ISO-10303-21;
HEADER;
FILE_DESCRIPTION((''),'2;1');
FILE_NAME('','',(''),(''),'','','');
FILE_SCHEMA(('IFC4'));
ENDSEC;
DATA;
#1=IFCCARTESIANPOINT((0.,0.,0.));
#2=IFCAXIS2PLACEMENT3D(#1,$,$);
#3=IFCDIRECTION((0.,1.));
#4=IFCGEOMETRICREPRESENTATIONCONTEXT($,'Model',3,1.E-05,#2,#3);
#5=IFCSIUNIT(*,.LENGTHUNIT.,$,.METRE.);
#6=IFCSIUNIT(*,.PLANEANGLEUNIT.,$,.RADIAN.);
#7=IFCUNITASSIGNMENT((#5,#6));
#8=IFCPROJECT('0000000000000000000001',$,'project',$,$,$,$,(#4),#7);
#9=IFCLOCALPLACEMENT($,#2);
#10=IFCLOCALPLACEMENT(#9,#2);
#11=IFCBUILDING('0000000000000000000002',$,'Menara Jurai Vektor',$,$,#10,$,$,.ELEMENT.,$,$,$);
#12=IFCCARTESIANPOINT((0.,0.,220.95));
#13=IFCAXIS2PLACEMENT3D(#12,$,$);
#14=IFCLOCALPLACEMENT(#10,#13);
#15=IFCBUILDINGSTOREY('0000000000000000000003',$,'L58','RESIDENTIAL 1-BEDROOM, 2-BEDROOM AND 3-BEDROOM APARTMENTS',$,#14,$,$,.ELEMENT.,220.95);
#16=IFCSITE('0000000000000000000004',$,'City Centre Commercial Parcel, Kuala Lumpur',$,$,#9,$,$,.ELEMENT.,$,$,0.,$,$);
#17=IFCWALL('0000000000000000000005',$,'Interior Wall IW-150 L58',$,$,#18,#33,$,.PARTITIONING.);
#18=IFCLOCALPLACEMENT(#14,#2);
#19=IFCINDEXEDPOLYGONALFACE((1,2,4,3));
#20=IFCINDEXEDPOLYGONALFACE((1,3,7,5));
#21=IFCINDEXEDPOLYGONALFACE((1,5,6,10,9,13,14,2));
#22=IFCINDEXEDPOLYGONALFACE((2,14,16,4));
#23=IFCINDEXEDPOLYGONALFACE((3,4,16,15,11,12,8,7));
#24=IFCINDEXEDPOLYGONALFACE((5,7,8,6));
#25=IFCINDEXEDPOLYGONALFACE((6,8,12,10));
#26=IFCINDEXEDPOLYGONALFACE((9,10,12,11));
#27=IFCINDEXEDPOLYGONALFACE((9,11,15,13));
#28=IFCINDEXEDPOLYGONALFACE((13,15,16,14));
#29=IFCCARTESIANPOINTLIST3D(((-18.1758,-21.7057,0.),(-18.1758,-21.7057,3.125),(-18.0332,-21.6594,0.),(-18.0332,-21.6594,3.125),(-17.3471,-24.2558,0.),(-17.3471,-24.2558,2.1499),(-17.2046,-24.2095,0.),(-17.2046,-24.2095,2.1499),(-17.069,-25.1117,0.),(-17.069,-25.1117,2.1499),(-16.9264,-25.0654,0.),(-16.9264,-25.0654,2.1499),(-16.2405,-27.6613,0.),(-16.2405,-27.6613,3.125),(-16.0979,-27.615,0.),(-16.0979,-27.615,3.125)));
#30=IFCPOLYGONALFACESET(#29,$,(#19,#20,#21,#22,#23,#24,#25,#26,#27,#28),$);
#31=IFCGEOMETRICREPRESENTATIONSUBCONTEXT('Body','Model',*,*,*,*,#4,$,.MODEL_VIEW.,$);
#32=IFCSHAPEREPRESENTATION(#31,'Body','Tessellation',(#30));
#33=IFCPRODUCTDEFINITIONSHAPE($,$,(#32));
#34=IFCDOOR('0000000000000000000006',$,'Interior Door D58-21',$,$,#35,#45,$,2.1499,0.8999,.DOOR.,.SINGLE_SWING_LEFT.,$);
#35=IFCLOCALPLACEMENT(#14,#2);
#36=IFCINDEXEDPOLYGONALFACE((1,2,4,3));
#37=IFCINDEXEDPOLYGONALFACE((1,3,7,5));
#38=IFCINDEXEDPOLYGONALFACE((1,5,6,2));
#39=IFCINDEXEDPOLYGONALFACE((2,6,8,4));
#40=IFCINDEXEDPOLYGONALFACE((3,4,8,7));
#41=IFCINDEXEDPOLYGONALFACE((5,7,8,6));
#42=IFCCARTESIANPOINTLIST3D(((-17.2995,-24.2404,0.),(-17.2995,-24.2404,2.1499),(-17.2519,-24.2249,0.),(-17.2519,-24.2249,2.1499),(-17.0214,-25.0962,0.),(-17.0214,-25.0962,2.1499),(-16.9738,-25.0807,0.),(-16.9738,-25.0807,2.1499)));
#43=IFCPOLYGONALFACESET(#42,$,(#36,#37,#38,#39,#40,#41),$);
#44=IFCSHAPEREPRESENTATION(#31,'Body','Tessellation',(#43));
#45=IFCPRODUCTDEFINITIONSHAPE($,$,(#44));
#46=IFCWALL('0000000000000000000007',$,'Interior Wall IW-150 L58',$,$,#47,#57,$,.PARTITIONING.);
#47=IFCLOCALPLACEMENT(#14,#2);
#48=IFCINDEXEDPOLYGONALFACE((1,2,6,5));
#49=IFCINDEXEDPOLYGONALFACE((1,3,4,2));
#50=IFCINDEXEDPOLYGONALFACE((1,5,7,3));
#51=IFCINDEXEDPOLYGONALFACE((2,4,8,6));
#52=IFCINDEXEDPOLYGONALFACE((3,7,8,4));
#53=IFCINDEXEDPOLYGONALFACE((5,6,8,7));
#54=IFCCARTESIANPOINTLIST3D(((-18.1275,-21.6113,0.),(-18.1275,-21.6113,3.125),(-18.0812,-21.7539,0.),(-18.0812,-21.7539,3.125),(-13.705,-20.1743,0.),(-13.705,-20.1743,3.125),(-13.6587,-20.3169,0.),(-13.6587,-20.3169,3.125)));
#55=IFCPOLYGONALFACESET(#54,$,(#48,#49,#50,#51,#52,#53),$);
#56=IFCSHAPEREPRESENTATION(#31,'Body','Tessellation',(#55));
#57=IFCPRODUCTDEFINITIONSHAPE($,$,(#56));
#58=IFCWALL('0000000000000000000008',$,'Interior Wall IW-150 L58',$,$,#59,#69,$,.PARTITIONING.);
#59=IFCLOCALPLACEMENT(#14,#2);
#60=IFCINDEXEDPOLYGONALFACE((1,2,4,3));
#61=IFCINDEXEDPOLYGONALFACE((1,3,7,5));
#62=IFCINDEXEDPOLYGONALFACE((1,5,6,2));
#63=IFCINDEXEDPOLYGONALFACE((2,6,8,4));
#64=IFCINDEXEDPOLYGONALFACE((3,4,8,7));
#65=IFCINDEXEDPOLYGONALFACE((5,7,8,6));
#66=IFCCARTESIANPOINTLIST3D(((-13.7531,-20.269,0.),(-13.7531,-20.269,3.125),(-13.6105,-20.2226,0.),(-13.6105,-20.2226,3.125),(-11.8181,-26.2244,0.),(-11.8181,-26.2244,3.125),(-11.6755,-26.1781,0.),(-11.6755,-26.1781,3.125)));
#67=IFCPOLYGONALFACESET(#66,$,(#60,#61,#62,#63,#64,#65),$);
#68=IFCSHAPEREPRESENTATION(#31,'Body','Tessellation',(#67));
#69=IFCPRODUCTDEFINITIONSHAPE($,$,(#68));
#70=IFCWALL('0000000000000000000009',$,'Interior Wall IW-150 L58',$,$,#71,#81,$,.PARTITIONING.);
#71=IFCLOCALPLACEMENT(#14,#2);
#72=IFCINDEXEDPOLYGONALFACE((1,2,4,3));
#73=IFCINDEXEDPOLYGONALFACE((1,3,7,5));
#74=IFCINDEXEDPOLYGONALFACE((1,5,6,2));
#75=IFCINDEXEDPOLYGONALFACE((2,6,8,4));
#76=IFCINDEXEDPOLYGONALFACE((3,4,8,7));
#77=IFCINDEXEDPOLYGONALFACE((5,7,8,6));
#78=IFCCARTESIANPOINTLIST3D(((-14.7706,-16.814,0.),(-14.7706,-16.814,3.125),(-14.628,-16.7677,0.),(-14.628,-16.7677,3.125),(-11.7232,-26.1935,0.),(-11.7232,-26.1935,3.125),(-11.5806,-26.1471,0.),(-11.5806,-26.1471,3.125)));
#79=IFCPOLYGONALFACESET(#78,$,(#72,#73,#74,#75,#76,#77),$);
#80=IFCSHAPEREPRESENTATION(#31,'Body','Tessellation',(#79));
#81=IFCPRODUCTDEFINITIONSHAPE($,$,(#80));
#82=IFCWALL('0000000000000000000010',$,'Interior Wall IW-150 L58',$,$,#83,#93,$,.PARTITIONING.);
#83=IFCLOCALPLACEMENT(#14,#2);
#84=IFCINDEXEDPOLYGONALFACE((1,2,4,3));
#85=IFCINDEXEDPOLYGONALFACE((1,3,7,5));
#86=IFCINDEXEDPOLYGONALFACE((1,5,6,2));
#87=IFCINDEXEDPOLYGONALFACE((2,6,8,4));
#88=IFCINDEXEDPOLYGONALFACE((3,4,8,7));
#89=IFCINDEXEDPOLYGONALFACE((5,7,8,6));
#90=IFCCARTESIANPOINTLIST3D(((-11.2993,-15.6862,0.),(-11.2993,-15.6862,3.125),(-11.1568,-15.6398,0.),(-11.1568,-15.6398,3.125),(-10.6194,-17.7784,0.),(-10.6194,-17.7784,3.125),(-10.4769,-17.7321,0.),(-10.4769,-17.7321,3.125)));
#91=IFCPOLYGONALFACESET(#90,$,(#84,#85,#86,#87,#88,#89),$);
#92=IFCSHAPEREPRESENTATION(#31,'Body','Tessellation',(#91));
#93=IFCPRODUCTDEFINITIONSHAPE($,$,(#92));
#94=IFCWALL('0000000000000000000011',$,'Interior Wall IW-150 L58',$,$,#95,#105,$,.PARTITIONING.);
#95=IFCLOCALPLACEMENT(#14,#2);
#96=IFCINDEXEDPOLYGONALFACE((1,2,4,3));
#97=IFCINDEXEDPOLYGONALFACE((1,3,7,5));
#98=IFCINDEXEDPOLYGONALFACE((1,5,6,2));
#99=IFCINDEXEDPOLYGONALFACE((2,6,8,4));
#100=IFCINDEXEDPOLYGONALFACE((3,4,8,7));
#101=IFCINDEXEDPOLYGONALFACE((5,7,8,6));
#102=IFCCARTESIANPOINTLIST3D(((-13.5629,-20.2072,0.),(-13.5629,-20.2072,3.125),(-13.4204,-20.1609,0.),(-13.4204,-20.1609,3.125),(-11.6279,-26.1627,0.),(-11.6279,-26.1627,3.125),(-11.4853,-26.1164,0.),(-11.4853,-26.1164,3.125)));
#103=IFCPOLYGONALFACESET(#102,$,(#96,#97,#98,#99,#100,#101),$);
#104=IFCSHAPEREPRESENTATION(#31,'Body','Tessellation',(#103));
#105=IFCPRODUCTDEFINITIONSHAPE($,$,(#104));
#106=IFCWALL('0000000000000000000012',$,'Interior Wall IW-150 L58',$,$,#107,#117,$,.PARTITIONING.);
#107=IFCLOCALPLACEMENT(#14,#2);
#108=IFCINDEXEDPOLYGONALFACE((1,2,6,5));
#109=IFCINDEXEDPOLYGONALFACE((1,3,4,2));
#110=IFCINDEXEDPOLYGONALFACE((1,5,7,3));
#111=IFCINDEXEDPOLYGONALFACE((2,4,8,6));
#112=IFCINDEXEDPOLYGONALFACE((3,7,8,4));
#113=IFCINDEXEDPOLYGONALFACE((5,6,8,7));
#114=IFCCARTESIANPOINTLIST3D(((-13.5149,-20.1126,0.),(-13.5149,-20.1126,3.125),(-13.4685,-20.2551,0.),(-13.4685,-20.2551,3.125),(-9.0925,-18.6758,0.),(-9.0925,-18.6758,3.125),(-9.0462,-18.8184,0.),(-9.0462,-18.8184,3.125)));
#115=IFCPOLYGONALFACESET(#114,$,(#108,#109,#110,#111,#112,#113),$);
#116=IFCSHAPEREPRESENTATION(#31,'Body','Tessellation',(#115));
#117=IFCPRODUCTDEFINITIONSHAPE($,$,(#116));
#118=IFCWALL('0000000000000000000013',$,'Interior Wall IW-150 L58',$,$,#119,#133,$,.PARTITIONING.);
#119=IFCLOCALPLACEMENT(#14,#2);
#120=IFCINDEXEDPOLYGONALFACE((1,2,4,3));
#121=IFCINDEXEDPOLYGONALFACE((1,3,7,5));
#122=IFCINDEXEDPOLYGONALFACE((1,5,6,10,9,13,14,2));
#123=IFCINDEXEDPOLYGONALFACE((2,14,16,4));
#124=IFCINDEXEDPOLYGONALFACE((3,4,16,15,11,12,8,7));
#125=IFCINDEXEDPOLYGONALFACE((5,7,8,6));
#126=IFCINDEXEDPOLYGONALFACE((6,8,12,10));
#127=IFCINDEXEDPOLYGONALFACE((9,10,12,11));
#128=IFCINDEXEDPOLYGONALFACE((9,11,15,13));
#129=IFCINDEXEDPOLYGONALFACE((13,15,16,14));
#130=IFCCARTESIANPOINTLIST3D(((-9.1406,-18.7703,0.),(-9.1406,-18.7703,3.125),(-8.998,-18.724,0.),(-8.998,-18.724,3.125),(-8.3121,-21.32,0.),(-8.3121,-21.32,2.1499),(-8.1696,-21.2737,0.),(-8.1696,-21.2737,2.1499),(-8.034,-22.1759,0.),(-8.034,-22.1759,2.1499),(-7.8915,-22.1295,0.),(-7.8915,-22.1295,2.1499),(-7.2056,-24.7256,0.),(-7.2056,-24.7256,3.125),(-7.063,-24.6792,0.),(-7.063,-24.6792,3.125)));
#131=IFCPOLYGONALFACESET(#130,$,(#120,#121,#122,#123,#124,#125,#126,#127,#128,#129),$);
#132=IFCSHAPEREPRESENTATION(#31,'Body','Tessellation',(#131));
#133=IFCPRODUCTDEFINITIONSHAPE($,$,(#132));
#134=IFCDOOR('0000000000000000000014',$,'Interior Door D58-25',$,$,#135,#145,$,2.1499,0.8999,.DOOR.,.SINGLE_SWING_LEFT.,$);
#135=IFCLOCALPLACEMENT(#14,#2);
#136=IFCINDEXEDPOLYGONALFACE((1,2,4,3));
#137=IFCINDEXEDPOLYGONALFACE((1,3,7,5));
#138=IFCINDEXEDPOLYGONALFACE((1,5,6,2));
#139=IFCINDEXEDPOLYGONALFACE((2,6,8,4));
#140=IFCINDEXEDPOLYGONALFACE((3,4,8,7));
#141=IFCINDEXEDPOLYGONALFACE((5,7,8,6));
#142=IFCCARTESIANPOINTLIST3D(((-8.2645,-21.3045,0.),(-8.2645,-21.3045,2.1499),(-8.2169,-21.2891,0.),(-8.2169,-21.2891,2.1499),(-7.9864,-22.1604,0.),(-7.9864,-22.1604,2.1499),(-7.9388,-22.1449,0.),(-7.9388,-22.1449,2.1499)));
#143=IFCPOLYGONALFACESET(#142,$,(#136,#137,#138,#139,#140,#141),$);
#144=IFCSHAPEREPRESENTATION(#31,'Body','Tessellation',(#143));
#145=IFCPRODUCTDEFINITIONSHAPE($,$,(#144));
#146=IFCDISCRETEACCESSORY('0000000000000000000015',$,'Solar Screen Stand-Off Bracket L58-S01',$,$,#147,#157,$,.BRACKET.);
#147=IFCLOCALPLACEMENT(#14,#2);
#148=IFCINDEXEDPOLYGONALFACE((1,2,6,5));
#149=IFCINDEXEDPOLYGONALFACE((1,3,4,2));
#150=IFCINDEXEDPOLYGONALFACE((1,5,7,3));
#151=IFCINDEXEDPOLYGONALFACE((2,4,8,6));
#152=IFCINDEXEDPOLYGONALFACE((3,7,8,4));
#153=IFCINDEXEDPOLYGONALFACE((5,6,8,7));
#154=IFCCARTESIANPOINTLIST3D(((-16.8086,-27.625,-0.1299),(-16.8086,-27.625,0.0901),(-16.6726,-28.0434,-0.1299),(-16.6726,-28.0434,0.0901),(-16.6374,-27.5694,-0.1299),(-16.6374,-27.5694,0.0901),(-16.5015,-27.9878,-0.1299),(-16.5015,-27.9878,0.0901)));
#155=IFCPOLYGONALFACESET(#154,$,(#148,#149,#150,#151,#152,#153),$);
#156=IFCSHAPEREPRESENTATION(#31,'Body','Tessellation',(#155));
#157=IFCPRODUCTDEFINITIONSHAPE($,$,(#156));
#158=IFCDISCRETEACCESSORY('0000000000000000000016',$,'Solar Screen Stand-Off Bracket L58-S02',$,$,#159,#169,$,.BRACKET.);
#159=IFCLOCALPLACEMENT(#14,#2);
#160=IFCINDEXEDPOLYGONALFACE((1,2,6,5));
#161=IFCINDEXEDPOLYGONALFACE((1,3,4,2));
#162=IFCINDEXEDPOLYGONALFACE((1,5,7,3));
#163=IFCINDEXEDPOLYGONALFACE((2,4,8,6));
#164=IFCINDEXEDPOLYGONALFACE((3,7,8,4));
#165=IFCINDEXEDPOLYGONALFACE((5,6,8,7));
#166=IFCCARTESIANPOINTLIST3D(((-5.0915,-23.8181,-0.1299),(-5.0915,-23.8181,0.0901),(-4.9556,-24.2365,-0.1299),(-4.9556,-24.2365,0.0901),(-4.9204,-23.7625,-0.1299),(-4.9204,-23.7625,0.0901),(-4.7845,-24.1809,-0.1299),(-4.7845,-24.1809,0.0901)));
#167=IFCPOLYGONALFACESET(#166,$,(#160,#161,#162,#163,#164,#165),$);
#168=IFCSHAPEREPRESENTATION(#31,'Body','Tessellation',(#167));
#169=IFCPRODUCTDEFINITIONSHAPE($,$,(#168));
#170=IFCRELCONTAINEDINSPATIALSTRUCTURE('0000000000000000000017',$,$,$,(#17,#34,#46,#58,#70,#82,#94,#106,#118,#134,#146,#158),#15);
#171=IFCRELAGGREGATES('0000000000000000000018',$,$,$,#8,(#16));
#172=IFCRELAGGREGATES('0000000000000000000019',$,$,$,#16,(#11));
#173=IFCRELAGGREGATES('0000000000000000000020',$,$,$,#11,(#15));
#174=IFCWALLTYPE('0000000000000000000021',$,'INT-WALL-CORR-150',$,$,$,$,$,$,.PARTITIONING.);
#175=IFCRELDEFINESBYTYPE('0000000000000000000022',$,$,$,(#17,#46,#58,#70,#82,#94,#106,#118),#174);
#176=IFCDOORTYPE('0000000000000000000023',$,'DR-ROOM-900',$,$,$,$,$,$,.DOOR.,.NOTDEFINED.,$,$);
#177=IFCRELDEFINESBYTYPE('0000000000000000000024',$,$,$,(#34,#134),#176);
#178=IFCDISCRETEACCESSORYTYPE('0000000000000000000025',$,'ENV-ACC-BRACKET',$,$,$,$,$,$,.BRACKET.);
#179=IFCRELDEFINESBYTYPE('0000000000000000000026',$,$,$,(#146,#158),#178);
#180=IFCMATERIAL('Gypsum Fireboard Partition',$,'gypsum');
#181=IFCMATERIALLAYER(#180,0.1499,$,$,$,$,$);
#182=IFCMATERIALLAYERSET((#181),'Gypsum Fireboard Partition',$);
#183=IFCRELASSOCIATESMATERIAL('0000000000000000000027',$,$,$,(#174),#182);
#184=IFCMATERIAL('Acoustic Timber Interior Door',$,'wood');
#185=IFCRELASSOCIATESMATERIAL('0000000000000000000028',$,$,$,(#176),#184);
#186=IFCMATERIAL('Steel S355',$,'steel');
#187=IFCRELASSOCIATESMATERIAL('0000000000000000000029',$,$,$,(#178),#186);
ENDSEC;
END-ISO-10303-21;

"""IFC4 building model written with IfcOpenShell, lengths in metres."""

from ifc_helpers import new_model, si_unit, direction, frame, frame_2d, origin, origin_2d, place, context, subcontext, project, spatial, rectangle, extrude, material, layer, layer_set, type_object, element, fill, save


model = new_model("IFC4")

# Units and contexts
model_context = context("Model", 3, precision=1e-05, world=origin(), true_north=direction((0.0, 1.0)))
body_context = subcontext(model_context, "Body", "Model", "MODEL_VIEW")
ifc_project = project(units=[si_unit("LENGTHUNIT", "METRE"), si_unit("PLANEANGLEUNIT", "RADIAN")], contexts=[model_context])

# Site, building, storey
site_placement = place(None, origin())
site = spatial("IfcSite", under=ifc_project, at=site_placement, Name="City Centre Commercial Parcel, Kuala Lumpur", CompositionType="ELEMENT", RefElevation=0.0)
building_placement = place(site_placement, origin())
building = spatial("IfcBuilding", under=site, at=building_placement, Name="Menara Jurai Vektor", CompositionType="ELEMENT")
storey_placement = place(building_placement, frame((0.0, 0.0, 220.95)))
storey = spatial("IfcBuildingStorey", under=building, at=storey_placement, Name="L58", Description="RESIDENTIAL 1-BEDROOM, 2-BEDROOM AND 3-BEDROOM APARTMENTS", CompositionType="ELEMENT", Elevation=220.95)

# Shared definitions
ifc_material_1 = material(Name="Steel S355", Category="steel")

# Shared definitions
ifc_material_2 = material(Name="Gypsum Fireboard Partition", Category="gypsum")
ifc_layer_1 = layer(ifc_material_2, 0.1499)
ifc_layer_set_1 = layer_set([ifc_layer_1], Name="Gypsum Fireboard Partition")
wall_type = type_object("IfcWallType", Name="INT-WALL-CORR-150", PredefinedType="PARTITIONING", material=ifc_layer_set_1)

# Wall, opening, door
wall_1_placement = place(storey_placement, frame((-16.1692, -27.6382, 0.0), z_axis=(0.0, 0.0, 1.0), x_axis=(-0.309049, 0.951046, 0.0)))
wall_1 = element("IfcWall", 1, at=wall_1_placement, inside=storey, type_object=wall_type, Name="Interior Wall IW-150 L58", PredefinedType="PARTITIONING", context=body_context, shape_type="SweptSolid", body=[
    extrude(rectangle(XDim=6.2622, YDim=0.1499, at=frame_2d((3.1311, 0.0))), origin(), (0.0, 0.0, 1.0), 3.125),
])
opening_1_placement = place(wall_1_placement, frame((2.6809, 0.0, 0.0)))
opening_1 = element("IfcOpeningElement", 2, at=opening_1_placement, cuts=wall_1, PredefinedType="OPENING", context=body_context, shape_type="SweptSolid", body=[
    extrude(rectangle(XDim=0.8999, YDim=2.1499, at=frame_2d((0.45, 1.075))), frame((0.0, 0.085, 0.0), z_axis=(0.0, -1.0, 0.0), x_axis=(1.0, 0.0, 0.0)), (0.0, 0.0, 1.0), 0.1699),
])
ifc_material_3 = material(Name="Acoustic Timber Interior Door", Category="wood")
door_type = type_object("IfcDoorType", Name="DR-ROOM-900", OperationType="NOTDEFINED", PredefinedType="DOOR", material=ifc_material_3)
door_1_placement = place(opening_1_placement, origin())
door_1 = element("IfcDoor", 3, at=door_1_placement, inside=storey, type_object=door_type, Name="Interior Door D58-21", OperationType="SINGLE_SWING_LEFT", OverallHeight=2.1499, OverallWidth=0.8999, PredefinedType="DOOR", context=body_context, shape_type="SweptSolid", body=[
    extrude(rectangle(XDim=0.8999, YDim=2.1499, at=frame_2d((0.45, 1.075))), frame((0.0, 0.0249, 0.0), z_axis=(0.0, -1.0, 0.0), x_axis=(1.0, 0.0, 0.0)), (0.0, 0.0, 1.0), 0.05),
])
fill(opening_1, door_1)

# Walls
wall_2_placement = place(storey_placement, frame((-18.1045, -21.6826, 0.0), z_axis=(0.0, 0.0, 1.0), x_axis=(0.951055, 0.309021, 0.0)))
element("IfcWall", 4, at=wall_2_placement, inside=storey, type_object=wall_type, Name="Interior Wall IW-150 L58", PredefinedType="PARTITIONING", context=body_context, shape_type="SweptSolid", body=[
    extrude(rectangle(XDim=4.6501, YDim=0.1499, at=frame_2d((2.3252, 0.0))), origin(), (0.0, 0.0, 1.0), 3.125),
])
wall_3_placement = place(storey_placement, frame((-11.7468, -26.2012, 0.0), z_axis=(0.0, 0.0, 1.0), x_axis=(-0.309014, 0.951058, 0.0)))
element("IfcWall", 5, at=wall_3_placement, inside=storey, type_object=wall_type, Name="Interior Wall IW-150 L58", PredefinedType="PARTITIONING", context=body_context, shape_type="SweptSolid", body=[
    extrude(rectangle(XDim=6.262, YDim=0.1499, at=frame_2d((3.1309, 0.0))), origin(), (0.0, 0.0, 1.0), 3.125),
])
wall_4_placement = place(storey_placement, frame((-11.6519, -26.1704, 0.0), z_axis=(0.0, 0.0, 1.0), x_axis=(-0.309, 0.951062, 0.0)))
element("IfcWall", 6, at=wall_4_placement, inside=storey, type_object=wall_type, Name="Interior Wall IW-150 L58", PredefinedType="PARTITIONING", context=body_context, shape_type="SweptSolid", body=[
    extrude(rectangle(XDim=9.8621, YDim=0.1499, at=frame_2d((4.9312, 0.0))), origin(), (0.0, 0.0, 1.0), 3.125),
])
wall_5_placement = place(storey_placement, frame((-10.5481, -17.7554, 0.0), z_axis=(0.0, 0.0, 1.0), x_axis=(-0.309061, 0.951042, 0.0)))
element("IfcWall", 7, at=wall_5_placement, inside=storey, type_object=wall_type, Name="Interior Wall IW-150 L58", PredefinedType="PARTITIONING", context=body_context, shape_type="SweptSolid", body=[
    extrude(rectangle(XDim=2.2, YDim=0.1499, at=frame_2d((1.1001, 0.0))), origin(), (0.0, 0.0, 1.0), 3.125),
])
wall_6_placement = place(storey_placement, frame((-11.5566, -26.1394, 0.0), z_axis=(0.0, 0.0, 1.0), x_axis=(-0.309014, 0.951058, 0.0)))
element("IfcWall", 8, at=wall_6_placement, inside=storey, type_object=wall_type, Name="Interior Wall IW-150 L58", PredefinedType="PARTITIONING", context=body_context, shape_type="SweptSolid", body=[
    extrude(rectangle(XDim=6.262, YDim=0.1499, at=frame_2d((3.1309, 0.0))), origin(), (0.0, 0.0, 1.0), 3.125),
])
wall_7_placement = place(storey_placement, frame((-13.4917, -20.1838, 0.0), z_axis=(0.0, 0.0, 1.0), x_axis=(0.951066, 0.308989, 0.0)))
element("IfcWall", 9, at=wall_7_placement, inside=storey, type_object=wall_type, Name="Interior Wall IW-150 L58", PredefinedType="PARTITIONING", context=body_context, shape_type="SweptSolid", body=[
    extrude(rectangle(XDim=4.6499, YDim=0.1499, at=frame_2d((2.325, 0.0))), origin(), (0.0, 0.0, 1.0), 3.125),
])

# Wall, opening, door
wall_8_placement = place(storey_placement, frame((-7.1343, -24.7024, 0.0), z_axis=(0.0, 0.0, 1.0), x_axis=(-0.309025, 0.951054, 0.0)))
wall_8 = element("IfcWall", 10, at=wall_8_placement, inside=storey, type_object=wall_type, Name="Interior Wall IW-150 L58", PredefinedType="PARTITIONING", context=body_context, shape_type="SweptSolid", body=[
    extrude(rectangle(XDim=6.2617, YDim=0.1499, at=frame_2d((3.1309, 0.0))), origin(), (0.0, 0.0, 1.0), 3.125),
])
opening_2_placement = place(wall_8_placement, frame((2.6809, 0.0, 0.0)))
opening_2 = element("IfcOpeningElement", 11, at=opening_2_placement, cuts=wall_8, PredefinedType="OPENING", context=body_context, shape_type="SweptSolid", body=[
    extrude(rectangle(XDim=0.8999, YDim=2.1499, at=frame_2d((0.45, 1.075))), frame((0.0, 0.085, 0.0), z_axis=(0.0, -1.0, 0.0), x_axis=(1.0, 0.0, 0.0)), (0.0, 0.0, 1.0), 0.1699),
])
door_2_placement = place(opening_2_placement, origin())
door_2 = element("IfcDoor", 12, at=door_2_placement, inside=storey, type_object=door_type, Name="Interior Door D58-25", OperationType="SINGLE_SWING_LEFT", OverallHeight=2.1499, OverallWidth=0.8999, PredefinedType="DOOR", context=body_context, shape_type="SweptSolid", body=[
    extrude(rectangle(XDim=0.8999, YDim=2.1499, at=frame_2d((0.45, 1.075))), frame((0.0, 0.0249, 0.0), z_axis=(0.0, -1.0, 0.0), x_axis=(1.0, 0.0, 0.0)), (0.0, 0.0, 1.0), 0.05),
])
fill(opening_2, door_2)

# Discrete accessories
discrete_accessory_type = type_object("IfcDiscreteAccessoryType", Name="ENV-ACC-BRACKET", PredefinedType="BRACKET", material=ifc_material_1)
for number, where, z_axis, x_axis, name in (
    (13, (-16.655, -27.8064, -0.1299), (0.0, 0.0, 1.0), (0.951057, 0.309017, 0.0), "Solar Screen Stand-Off Bracket L58-S01"),
    (14, (-4.938, -23.9995, -0.1299), (0.0, 0.0, 1.0), (0.951057, 0.309017, 0.0), "Solar Screen Stand-Off Bracket L58-S02"),
):
    element("IfcDiscreteAccessory", number, at=place(storey_placement, frame(where, z_axis=z_axis, x_axis=x_axis)), inside=storey, type_object=discrete_accessory_type, Name=name, PredefinedType="BRACKET", context=body_context, shape_type="SweptSolid", body=[
        extrude(rectangle(XDim=0.1799, YDim=0.4399, at=origin_2d()), origin(), (0.0, 0.0, 1.0), 0.22),
    ])

save(model, "model.ifc")
